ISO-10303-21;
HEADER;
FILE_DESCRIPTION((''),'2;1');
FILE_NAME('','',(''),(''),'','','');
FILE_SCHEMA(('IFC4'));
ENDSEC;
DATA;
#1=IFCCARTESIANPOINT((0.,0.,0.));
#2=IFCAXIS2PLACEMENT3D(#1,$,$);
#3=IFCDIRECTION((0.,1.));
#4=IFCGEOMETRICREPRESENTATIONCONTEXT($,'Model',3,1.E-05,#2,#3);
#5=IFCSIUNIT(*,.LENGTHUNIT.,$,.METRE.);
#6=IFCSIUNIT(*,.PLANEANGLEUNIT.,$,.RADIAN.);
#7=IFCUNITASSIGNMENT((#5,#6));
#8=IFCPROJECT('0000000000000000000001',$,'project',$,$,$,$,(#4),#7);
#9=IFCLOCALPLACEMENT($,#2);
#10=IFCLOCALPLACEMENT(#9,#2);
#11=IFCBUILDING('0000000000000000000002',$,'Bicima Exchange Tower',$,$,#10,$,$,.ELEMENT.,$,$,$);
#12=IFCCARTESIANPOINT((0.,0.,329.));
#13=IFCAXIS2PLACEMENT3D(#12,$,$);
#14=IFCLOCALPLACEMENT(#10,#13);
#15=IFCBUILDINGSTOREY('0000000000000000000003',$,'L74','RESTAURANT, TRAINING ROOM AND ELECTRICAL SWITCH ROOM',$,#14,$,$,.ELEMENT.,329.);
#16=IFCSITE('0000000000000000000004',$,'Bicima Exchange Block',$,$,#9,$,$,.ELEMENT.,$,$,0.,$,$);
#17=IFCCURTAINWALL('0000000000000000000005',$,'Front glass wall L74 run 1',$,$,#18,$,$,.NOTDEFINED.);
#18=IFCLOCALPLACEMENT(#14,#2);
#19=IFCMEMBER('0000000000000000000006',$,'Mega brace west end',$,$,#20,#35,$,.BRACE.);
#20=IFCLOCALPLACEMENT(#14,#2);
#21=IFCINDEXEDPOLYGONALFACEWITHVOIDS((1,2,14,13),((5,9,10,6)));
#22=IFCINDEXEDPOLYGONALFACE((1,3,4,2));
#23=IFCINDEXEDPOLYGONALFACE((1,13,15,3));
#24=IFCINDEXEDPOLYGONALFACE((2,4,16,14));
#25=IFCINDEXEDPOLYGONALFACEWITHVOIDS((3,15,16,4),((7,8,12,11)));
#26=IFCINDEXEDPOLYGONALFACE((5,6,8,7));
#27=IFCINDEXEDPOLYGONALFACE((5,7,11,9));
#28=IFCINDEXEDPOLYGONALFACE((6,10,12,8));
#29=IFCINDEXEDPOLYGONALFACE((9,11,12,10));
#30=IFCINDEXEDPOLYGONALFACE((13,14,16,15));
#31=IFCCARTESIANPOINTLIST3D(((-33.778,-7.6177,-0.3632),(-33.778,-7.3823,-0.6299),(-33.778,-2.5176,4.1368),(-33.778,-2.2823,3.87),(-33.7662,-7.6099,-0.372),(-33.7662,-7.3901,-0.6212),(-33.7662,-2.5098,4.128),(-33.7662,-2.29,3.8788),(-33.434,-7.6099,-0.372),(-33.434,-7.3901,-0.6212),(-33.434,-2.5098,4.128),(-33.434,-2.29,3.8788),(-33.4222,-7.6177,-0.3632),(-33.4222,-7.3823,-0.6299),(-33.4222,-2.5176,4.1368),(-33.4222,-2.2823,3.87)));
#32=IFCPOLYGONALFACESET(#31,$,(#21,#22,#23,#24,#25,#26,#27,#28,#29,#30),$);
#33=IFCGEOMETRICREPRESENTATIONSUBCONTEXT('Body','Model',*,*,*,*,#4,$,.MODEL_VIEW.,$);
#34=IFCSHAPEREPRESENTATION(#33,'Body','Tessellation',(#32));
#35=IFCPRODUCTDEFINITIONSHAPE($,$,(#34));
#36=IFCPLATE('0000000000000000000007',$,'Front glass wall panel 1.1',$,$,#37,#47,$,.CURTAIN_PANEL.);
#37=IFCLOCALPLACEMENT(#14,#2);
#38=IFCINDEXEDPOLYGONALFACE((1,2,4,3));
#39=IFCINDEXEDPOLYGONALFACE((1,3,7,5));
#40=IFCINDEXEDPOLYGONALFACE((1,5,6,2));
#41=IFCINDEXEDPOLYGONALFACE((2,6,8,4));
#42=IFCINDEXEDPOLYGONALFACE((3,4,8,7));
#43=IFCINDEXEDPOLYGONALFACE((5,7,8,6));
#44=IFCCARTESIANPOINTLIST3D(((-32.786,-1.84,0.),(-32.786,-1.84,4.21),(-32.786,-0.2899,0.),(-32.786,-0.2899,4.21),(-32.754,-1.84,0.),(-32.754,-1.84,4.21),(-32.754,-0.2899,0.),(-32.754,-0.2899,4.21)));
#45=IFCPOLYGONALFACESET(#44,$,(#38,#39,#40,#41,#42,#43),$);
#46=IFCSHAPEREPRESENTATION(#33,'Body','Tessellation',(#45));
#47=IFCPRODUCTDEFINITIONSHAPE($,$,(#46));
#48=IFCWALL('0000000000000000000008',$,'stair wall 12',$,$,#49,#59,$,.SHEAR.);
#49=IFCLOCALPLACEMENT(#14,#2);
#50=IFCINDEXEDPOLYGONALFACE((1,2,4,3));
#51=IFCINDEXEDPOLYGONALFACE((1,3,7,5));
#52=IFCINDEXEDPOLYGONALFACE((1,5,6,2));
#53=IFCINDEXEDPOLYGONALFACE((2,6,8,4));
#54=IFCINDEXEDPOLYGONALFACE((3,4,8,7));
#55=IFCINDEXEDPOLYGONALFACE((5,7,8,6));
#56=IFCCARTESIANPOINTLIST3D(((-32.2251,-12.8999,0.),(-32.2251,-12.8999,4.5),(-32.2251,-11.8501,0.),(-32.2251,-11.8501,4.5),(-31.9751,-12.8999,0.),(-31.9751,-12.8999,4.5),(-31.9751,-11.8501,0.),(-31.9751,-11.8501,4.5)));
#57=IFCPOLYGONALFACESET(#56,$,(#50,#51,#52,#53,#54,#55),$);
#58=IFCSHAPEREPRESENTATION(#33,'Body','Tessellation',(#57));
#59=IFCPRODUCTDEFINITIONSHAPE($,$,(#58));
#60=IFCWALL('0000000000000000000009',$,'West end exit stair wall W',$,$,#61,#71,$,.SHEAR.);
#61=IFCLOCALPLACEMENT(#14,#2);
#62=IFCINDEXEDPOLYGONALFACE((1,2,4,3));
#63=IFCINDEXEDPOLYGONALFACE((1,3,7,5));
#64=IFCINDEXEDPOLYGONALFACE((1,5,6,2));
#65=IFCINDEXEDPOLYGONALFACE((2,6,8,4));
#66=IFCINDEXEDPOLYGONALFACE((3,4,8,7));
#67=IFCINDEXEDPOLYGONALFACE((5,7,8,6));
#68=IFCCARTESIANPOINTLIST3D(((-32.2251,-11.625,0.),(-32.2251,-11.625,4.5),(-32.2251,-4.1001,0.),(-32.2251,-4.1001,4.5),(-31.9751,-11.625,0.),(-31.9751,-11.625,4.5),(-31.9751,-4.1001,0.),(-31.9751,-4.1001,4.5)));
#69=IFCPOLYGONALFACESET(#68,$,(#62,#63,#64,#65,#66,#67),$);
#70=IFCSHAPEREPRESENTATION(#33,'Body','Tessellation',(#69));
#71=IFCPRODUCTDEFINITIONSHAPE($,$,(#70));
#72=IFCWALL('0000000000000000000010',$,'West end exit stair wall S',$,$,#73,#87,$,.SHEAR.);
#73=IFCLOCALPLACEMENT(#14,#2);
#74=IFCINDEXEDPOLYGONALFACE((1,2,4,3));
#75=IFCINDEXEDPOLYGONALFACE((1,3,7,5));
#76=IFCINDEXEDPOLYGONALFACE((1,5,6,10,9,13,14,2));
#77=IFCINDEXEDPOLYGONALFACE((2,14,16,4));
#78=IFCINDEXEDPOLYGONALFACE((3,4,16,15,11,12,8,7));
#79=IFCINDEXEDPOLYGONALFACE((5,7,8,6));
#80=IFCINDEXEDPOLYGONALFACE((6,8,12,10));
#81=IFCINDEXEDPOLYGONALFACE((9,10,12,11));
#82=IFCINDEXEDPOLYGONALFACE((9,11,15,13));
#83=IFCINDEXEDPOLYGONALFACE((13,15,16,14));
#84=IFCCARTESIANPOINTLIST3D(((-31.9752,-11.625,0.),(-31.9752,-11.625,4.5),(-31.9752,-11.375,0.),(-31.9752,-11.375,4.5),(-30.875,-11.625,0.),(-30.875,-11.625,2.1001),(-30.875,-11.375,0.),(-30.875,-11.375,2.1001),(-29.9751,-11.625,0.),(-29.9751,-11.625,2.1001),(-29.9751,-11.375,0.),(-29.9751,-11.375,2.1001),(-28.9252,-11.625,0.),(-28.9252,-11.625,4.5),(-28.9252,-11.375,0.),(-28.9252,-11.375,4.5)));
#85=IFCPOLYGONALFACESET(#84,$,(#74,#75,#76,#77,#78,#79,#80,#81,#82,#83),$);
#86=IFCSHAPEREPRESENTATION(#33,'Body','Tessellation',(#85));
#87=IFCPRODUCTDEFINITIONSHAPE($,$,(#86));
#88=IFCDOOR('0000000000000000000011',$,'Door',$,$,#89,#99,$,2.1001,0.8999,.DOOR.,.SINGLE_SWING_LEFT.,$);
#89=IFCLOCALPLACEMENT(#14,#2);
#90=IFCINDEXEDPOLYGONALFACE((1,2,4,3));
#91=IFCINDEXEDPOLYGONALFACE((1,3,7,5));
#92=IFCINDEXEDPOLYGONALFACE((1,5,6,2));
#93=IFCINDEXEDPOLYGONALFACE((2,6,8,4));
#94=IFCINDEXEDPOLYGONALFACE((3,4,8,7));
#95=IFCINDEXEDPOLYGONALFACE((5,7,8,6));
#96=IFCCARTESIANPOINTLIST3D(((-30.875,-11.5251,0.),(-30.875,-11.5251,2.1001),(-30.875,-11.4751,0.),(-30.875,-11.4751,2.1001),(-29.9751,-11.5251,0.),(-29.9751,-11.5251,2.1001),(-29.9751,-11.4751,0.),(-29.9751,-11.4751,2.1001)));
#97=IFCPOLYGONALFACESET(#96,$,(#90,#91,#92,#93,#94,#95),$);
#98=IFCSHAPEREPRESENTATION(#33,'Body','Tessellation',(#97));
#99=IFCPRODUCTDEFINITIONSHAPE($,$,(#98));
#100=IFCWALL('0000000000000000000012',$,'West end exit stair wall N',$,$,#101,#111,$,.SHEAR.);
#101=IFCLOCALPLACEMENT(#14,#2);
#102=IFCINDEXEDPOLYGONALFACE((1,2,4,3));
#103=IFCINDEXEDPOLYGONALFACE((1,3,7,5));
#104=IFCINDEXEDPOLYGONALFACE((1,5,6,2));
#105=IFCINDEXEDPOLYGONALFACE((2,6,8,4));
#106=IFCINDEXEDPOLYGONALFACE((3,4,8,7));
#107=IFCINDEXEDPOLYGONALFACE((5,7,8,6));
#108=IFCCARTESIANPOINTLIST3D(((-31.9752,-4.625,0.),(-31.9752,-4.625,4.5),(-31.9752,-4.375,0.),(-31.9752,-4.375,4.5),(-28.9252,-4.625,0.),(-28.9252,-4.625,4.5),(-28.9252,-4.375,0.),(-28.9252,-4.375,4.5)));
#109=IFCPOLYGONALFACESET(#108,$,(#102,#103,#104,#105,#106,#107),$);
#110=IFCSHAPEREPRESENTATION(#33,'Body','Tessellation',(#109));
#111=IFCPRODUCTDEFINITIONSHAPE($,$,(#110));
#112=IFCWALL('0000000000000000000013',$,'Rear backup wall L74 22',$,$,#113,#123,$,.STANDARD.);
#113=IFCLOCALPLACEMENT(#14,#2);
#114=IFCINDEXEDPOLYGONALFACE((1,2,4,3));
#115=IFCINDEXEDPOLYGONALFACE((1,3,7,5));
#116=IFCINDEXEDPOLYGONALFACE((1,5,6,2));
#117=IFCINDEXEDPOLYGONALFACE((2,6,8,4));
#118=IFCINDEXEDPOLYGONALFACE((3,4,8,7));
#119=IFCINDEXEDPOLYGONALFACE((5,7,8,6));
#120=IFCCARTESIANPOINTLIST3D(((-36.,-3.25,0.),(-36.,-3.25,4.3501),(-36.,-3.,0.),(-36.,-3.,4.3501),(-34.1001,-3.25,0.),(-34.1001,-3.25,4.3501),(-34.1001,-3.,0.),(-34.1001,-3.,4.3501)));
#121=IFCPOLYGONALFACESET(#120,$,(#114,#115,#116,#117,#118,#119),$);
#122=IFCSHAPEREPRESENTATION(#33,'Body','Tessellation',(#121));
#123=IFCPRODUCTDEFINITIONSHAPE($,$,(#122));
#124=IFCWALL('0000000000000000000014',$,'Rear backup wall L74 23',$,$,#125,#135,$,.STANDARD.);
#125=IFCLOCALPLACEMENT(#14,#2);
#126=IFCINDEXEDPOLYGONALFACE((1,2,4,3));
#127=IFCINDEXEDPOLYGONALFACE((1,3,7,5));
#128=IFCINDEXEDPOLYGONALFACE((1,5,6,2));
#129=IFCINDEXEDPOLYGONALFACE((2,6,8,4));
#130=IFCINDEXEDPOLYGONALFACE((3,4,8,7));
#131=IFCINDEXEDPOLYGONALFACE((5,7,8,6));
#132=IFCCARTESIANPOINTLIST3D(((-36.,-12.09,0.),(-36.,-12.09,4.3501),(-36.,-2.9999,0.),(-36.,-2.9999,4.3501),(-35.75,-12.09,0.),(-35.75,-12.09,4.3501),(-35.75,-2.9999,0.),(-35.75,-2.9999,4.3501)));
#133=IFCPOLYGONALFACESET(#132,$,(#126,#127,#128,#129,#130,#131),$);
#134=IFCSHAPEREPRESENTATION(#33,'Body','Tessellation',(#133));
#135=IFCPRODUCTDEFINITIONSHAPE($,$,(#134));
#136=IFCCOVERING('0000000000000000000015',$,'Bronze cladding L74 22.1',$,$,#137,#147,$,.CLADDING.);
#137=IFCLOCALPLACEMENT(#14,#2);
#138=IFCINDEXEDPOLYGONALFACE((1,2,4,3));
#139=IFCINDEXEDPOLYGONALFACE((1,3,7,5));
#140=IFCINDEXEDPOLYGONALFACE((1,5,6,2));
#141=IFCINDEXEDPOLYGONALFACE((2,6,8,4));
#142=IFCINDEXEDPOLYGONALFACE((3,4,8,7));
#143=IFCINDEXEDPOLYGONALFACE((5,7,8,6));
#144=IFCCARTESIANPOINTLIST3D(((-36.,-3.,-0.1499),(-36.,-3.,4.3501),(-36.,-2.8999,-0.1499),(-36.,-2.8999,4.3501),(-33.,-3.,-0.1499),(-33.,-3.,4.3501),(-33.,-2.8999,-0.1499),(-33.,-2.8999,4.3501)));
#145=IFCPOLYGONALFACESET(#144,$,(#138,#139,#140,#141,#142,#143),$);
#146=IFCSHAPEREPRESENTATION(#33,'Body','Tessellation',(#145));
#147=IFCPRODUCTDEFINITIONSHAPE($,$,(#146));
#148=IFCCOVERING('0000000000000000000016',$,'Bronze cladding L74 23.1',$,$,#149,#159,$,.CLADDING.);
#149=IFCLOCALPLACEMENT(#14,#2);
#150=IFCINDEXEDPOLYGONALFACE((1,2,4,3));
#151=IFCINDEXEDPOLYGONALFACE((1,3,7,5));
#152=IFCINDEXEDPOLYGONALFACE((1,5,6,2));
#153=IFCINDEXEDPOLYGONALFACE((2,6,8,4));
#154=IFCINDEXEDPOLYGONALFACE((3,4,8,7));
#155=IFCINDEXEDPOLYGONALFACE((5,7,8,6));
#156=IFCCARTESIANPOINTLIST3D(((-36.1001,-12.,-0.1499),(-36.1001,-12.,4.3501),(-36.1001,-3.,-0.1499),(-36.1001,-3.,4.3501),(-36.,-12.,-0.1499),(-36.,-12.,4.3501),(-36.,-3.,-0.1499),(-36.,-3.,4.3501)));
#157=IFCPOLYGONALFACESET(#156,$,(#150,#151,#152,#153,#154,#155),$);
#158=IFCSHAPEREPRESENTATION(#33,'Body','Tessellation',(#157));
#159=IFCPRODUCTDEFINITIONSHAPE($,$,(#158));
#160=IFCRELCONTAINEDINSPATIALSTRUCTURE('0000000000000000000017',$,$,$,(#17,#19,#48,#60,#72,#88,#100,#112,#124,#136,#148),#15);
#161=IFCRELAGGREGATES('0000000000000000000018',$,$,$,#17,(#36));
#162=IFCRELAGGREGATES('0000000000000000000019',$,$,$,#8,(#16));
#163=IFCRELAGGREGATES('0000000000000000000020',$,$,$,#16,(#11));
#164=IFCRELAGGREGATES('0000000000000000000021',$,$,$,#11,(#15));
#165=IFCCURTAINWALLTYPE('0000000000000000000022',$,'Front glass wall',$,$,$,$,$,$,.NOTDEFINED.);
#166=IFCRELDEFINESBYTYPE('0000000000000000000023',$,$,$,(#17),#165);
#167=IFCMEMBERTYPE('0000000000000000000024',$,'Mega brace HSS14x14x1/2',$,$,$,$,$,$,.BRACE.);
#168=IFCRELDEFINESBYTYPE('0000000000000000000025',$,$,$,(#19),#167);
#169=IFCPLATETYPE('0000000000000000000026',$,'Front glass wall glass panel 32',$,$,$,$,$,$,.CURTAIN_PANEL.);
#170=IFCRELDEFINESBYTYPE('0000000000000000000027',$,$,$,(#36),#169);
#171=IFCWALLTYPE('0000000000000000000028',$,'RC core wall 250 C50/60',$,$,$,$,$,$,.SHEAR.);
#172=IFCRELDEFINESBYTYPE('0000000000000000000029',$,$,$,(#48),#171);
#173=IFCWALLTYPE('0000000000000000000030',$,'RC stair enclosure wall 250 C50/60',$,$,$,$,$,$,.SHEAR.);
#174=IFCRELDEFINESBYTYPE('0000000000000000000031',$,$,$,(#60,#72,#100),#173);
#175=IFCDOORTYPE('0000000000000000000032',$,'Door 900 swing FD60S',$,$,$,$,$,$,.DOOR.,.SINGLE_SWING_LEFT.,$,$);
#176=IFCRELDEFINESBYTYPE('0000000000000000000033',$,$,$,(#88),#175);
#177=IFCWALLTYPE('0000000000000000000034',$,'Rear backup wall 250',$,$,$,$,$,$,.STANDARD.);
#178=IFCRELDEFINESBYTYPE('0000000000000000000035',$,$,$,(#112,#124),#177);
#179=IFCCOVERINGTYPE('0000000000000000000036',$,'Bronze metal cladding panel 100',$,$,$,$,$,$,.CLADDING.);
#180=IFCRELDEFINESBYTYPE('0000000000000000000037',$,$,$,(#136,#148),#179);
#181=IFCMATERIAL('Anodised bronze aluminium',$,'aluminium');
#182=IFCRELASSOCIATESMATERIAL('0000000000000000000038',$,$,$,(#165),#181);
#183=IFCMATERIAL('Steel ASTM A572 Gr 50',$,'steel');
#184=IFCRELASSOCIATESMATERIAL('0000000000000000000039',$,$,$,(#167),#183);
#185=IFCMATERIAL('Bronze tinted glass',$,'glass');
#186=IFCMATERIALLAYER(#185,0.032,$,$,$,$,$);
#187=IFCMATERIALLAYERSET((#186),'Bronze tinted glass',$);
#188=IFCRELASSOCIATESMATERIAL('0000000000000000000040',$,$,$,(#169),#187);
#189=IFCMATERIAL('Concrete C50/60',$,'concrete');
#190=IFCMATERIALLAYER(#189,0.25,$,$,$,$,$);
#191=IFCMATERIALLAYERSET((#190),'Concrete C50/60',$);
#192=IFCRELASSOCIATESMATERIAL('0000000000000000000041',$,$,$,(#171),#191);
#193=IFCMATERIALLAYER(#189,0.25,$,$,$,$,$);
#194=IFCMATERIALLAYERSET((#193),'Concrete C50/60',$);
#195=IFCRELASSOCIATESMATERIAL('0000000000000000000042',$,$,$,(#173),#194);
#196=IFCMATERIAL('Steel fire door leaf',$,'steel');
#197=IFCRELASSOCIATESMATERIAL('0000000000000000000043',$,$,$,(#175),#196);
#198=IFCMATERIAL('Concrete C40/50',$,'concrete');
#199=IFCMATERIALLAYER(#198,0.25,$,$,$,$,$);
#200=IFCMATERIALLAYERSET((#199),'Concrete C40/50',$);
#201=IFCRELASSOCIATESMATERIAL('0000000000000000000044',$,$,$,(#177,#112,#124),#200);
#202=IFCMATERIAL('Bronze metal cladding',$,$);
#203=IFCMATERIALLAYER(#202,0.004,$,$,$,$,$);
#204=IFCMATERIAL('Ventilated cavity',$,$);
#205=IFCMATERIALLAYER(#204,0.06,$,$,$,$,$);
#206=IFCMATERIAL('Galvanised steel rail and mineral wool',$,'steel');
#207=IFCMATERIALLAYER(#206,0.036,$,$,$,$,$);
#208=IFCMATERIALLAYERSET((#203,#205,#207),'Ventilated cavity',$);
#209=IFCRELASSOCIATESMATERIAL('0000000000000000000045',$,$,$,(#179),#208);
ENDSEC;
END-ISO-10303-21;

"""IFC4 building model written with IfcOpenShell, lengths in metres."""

from ifc_helpers import new_model, si_unit, direction, frame, frame_2d, origin, origin_2d, place, context, subcontext, project, spatial, rectangle, hollow_rectangle, extrude, material, layer, layer_set, layer_usage, material_profile, profile_set, type_object, element, fill, aggregate, save


model = new_model("IFC4")

# Units and contexts
model_context = context("Model", 3, precision=1e-05, world=origin(), true_north=direction((0.0, 1.0)))
body_context = subcontext(model_context, "Body", "Model", "MODEL_VIEW")
ifc_project = project(units=[si_unit("LENGTHUNIT", "METRE"), si_unit("PLANEANGLEUNIT", "RADIAN")], contexts=[model_context])

# Site, building, storey
site_placement = place(None, origin())
site = spatial("IfcSite", under=ifc_project, at=site_placement, Name="Bicima Exchange Block", CompositionType="ELEMENT", RefElevation=0.0)
building_placement = place(site_placement, origin())
building = spatial("IfcBuilding", under=site, at=building_placement, Name="Bicima Exchange Tower", CompositionType="ELEMENT")
storey_placement = place(building_placement, frame((0.0, 0.0, 329.0)))
storey = spatial("IfcBuildingStorey", under=building, at=storey_placement, Name="L74", Description="RESTAURANT, TRAINING ROOM AND ELECTRICAL SWITCH ROOM", CompositionType="ELEMENT", Elevation=329.0)

# Shared definitions
ifc_material_1 = material(Name="Steel ASTM A572 Gr 50", Category="steel")

# Shared definitions
ifc_material_2 = material(Name="Anodised bronze aluminium", Category="aluminium")

# Curtain wall
curtain_wall_type_1 = type_object("IfcCurtainWallType", Name="Front glass wall", PredefinedType="NOTDEFINED", material=ifc_material_2)
curtain_wall_1_placement = place(storey_placement, origin())
curtain_wall_1 = element("IfcCurtainWall", 1, at=curtain_wall_1_placement, inside=storey, type_object=curtain_wall_type_1, Name="Front glass wall L74 run 1", PredefinedType="NOTDEFINED")

# Member
ifc_material_profile_1 = material_profile(ifc_material_1, hollow_rectangle(XDim=0.3557, YDim=0.3557, WallThickness=0.0117, at=origin_2d()))
ifc_profile_set_1 = profile_set([ifc_material_profile_1], Name="Steel ASTM A572 Gr 50")
member_type_1 = type_object("IfcMemberType", Name="Mega brace HSS14x14x1/2", PredefinedType="BRACE", material=ifc_profile_set_1)
for number, where, z_axis, x_axis, name in (
    (2, (-33.6001, -7.5, -0.4966), (0.0, 0.749844, 0.661615), (-1.0, 0.0, 0.0), "Mega brace west end"),
):
    element("IfcMember", number, at=place(storey_placement, frame(where, z_axis=z_axis, x_axis=x_axis)), inside=storey, type_object=member_type_1, Name=name, PredefinedType="BRACE", context=body_context, shape_type="SweptSolid", body=[
        extrude(hollow_rectangle(XDim=0.3557, YDim=0.3557, WallThickness=0.0117, at=origin_2d()), origin(), (0.0, 0.0, 1.0), 6.8015),
    ])

# Plate
ifc_material_3 = material(Name="Bronze tinted glass", Category="glass")
ifc_layer_1 = layer(ifc_material_3, 0.032)
ifc_layer_set_1 = layer_set([ifc_layer_1], Name="Bronze tinted glass")
plate_type = type_object("IfcPlateType", Name="Front glass wall glass panel 32", PredefinedType="CURTAIN_PANEL", material=ifc_layer_set_1)
plate_placement = place(storey_placement, frame((-32.77, -1.0649, 0.0), z_axis=(0.0, 0.0, 1.0), x_axis=(0.0, -1.0, 0.0)))
plate = element("IfcPlate", 3, at=plate_placement, type_object=plate_type, Name="Front glass wall panel 1.1", PredefinedType="CURTAIN_PANEL", context=body_context, shape_type="SweptSolid", body=[
    extrude(rectangle(XDim=1.55, YDim=0.032, at=origin_2d()), origin(), (0.0, 0.0, 1.0), 4.21),
])
aggregate(curtain_wall_1, [plate])

# Walls
ifc_material_4 = material(Name="Concrete C50/60", Category="concrete")
ifc_layer_2 = layer(ifc_material_4, 0.25)
ifc_layer_set_2 = layer_set([ifc_layer_2], Name="Concrete C50/60")
wall_type_1 = type_object("IfcWallType", Name="RC core wall 250 C50/60", PredefinedType="SHEAR", material=ifc_layer_set_2)
wall_1_placement = place(storey_placement, frame((-32.1001, -12.8999, 0.0), z_axis=(0.0, 0.0, 1.0), x_axis=(0.0, 1.0, 0.0)))
element("IfcWall", 4, at=wall_1_placement, inside=storey, type_object=wall_type_1, Name="stair wall 12", PredefinedType="SHEAR", context=body_context, shape_type="SweptSolid", body=[
    extrude(rectangle(XDim=1.0498, YDim=0.25, at=frame_2d((0.5249, 0.0))), origin(), (0.0, 0.0, 1.0), 4.5),
])
ifc_layer_3 = layer(ifc_material_4, 0.25)
ifc_layer_set_3 = layer_set([ifc_layer_3], Name="Concrete C50/60")
wall_type_2 = type_object("IfcWallType", Name="RC stair enclosure wall 250 C50/60", PredefinedType="SHEAR", material=ifc_layer_set_3)
wall_2_placement = place(storey_placement, frame((-32.1001, -11.625, 0.0), z_axis=(0.0, 0.0, 1.0), x_axis=(0.0, 1.0, 0.0)))
element("IfcWall", 5, at=wall_2_placement, inside=storey, type_object=wall_type_2, Name="West end exit stair wall W", PredefinedType="SHEAR", context=body_context, shape_type="SweptSolid", body=[
    extrude(rectangle(XDim=7.5249, YDim=0.25, at=frame_2d((3.7625, 0.0))), origin(), (0.0, 0.0, 1.0), 4.5),
])

# Wall, opening, door
wall_3_placement = place(storey_placement, frame((-31.9751, -11.5, 0.0), z_axis=(0.0, 0.0, 1.0), x_axis=(1.0, 0.0, 0.0)))
wall_3 = element("IfcWall", 6, at=wall_3_placement, inside=storey, type_object=wall_type_2, Name="West end exit stair wall S", PredefinedType="SHEAR", context=body_context, shape_type="SweptSolid", body=[
    extrude(rectangle(XDim=3.05, YDim=0.25, at=frame_2d((1.5249, 0.0))), origin(), (0.0, 0.0, 1.0), 4.5),
])
opening_placement = place(wall_3_placement, frame((1.1001, 0.0, 0.0)))
opening = element("IfcOpeningElement", 7, at=opening_placement, cuts=wall_3, PredefinedType="OPENING", context=body_context, shape_type="SweptSolid", body=[
    extrude(rectangle(XDim=0.8999, YDim=2.1001, at=frame_2d((0.45, 1.05))), frame((0.0, 0.137, 0.0), z_axis=(0.0, -1.0, 0.0), x_axis=(1.0, 0.0, 0.0)), (0.0, 0.0, 1.0), 0.2739),
])
ifc_material_5 = material(Name="Steel fire door leaf", Category="steel")
door_type = type_object("IfcDoorType", Name="Door 900 swing FD60S", OperationType="SINGLE_SWING_LEFT", PredefinedType="DOOR", material=ifc_material_5)
door_placement = place(opening_placement, origin())
door = element("IfcDoor", 8, at=door_placement, inside=storey, type_object=door_type, Name="Door", OperationType="SINGLE_SWING_LEFT", OverallHeight=2.1001, OverallWidth=0.8999, PredefinedType="DOOR", context=body_context, shape_type="SweptSolid", body=[
    extrude(rectangle(XDim=0.8999, YDim=2.1001, at=frame_2d((0.45, 1.05))), frame((0.0, 0.0249, 0.0), z_axis=(0.0, -1.0, 0.0), x_axis=(1.0, 0.0, 0.0)), (0.0, 0.0, 1.0), 0.05),
])
fill(opening, door)

# Walls
wall_4_placement = place(storey_placement, frame((-31.9751, -4.5, 0.0), z_axis=(0.0, 0.0, 1.0), x_axis=(1.0, 0.0, 0.0)))
element("IfcWall", 9, at=wall_4_placement, inside=storey, type_object=wall_type_2, Name="West end exit stair wall N", PredefinedType="SHEAR", context=body_context, shape_type="SweptSolid", body=[
    extrude(rectangle(XDim=3.05, YDim=0.25, at=frame_2d((1.5249, 0.0))), origin(), (0.0, 0.0, 1.0), 4.5),
])
ifc_material_6 = material(Name="Concrete C40/50", Category="concrete")
ifc_layer_4 = layer(ifc_material_6, 0.25)
ifc_layer_set_4 = layer_set([ifc_layer_4], Name="Concrete C40/50")
ifc_layer_usage = layer_usage(ifc_layer_set_4, "AXIS2", "POSITIVE", -0.125)
wall_type_3 = type_object("IfcWallType", Name="Rear backup wall 250", PredefinedType="STANDARD", material=ifc_layer_set_4)
wall_5_placement = place(storey_placement, frame((-34.1001, -3.125, 0.0), z_axis=(0.0, 0.0, 1.0), x_axis=(-1.0, 0.0, 0.0)))
element("IfcWall", 10, at=wall_5_placement, inside=storey, type_object=wall_type_3, material=ifc_layer_usage, Name="Rear backup wall L74 22", PredefinedType="STANDARD", context=body_context, shape_type="SweptSolid", body=[
    extrude(rectangle(XDim=1.8999, YDim=0.25, at=frame_2d((0.95, 0.0))), origin(), (0.0, 0.0, 1.0), 4.3501),
])
wall_6_placement = place(storey_placement, frame((-35.875, -3.0, 0.0), z_axis=(0.0, 0.0, 1.0), x_axis=(0.0, -1.0, 0.0)))
element("IfcWall", 11, at=wall_6_placement, inside=storey, type_object=wall_type_3, material=ifc_layer_usage, Name="Rear backup wall L74 23", PredefinedType="STANDARD", context=body_context, shape_type="SweptSolid", body=[
    extrude(rectangle(XDim=9.0901, YDim=0.25, at=frame_2d((4.5449, 0.0))), origin(), (0.0, 0.0, 1.0), 4.3501),
])

# Coverings
ifc_material_7 = material(Name="Bronze metal cladding")
ifc_layer_5 = layer(ifc_material_7, 0.004)
ifc_material_8 = material(Name="Ventilated cavity")
ifc_layer_6 = layer(ifc_material_8, 0.06)
ifc_material_9 = material(Name="Galvanised steel rail and mineral wool", Category="steel")
ifc_layer_7 = layer(ifc_material_9, 0.036)
ifc_layer_set_5 = layer_set([ifc_layer_5, ifc_layer_6, ifc_layer_7], Name="Ventilated cavity")
covering_type = type_object("IfcCoveringType", Name="Bronze metal cladding panel 100", PredefinedType="CLADDING", material=ifc_layer_set_5)
covering_1_placement = place(storey_placement, frame((-34.5, -2.95, -0.1499), z_axis=(0.0, 0.0, 1.0), x_axis=(-1.0, 0.0, 0.0)))
element("IfcCovering", 12, at=covering_1_placement, inside=storey, type_object=covering_type, Name="Bronze cladding L74 22.1", PredefinedType="CLADDING", context=body_context, shape_type="SweptSolid", body=[
    extrude(rectangle(XDim=3.0, YDim=0.1001, at=origin_2d()), origin(), (0.0, 0.0, 1.0), 4.5),
])
covering_2_placement = place(storey_placement, frame((-36.05, -7.5, -0.1499), z_axis=(0.0, 0.0, 1.0), x_axis=(0.0, -1.0, 0.0)))
element("IfcCovering", 13, at=covering_2_placement, inside=storey, type_object=covering_type, Name="Bronze cladding L74 23.1", PredefinedType="CLADDING", context=body_context, shape_type="SweptSolid", body=[
    extrude(rectangle(XDim=9.0, YDim=0.1001, at=origin_2d()), origin(), (0.0, 0.0, 1.0), 4.5),
])

save(model, "model.ifc")
